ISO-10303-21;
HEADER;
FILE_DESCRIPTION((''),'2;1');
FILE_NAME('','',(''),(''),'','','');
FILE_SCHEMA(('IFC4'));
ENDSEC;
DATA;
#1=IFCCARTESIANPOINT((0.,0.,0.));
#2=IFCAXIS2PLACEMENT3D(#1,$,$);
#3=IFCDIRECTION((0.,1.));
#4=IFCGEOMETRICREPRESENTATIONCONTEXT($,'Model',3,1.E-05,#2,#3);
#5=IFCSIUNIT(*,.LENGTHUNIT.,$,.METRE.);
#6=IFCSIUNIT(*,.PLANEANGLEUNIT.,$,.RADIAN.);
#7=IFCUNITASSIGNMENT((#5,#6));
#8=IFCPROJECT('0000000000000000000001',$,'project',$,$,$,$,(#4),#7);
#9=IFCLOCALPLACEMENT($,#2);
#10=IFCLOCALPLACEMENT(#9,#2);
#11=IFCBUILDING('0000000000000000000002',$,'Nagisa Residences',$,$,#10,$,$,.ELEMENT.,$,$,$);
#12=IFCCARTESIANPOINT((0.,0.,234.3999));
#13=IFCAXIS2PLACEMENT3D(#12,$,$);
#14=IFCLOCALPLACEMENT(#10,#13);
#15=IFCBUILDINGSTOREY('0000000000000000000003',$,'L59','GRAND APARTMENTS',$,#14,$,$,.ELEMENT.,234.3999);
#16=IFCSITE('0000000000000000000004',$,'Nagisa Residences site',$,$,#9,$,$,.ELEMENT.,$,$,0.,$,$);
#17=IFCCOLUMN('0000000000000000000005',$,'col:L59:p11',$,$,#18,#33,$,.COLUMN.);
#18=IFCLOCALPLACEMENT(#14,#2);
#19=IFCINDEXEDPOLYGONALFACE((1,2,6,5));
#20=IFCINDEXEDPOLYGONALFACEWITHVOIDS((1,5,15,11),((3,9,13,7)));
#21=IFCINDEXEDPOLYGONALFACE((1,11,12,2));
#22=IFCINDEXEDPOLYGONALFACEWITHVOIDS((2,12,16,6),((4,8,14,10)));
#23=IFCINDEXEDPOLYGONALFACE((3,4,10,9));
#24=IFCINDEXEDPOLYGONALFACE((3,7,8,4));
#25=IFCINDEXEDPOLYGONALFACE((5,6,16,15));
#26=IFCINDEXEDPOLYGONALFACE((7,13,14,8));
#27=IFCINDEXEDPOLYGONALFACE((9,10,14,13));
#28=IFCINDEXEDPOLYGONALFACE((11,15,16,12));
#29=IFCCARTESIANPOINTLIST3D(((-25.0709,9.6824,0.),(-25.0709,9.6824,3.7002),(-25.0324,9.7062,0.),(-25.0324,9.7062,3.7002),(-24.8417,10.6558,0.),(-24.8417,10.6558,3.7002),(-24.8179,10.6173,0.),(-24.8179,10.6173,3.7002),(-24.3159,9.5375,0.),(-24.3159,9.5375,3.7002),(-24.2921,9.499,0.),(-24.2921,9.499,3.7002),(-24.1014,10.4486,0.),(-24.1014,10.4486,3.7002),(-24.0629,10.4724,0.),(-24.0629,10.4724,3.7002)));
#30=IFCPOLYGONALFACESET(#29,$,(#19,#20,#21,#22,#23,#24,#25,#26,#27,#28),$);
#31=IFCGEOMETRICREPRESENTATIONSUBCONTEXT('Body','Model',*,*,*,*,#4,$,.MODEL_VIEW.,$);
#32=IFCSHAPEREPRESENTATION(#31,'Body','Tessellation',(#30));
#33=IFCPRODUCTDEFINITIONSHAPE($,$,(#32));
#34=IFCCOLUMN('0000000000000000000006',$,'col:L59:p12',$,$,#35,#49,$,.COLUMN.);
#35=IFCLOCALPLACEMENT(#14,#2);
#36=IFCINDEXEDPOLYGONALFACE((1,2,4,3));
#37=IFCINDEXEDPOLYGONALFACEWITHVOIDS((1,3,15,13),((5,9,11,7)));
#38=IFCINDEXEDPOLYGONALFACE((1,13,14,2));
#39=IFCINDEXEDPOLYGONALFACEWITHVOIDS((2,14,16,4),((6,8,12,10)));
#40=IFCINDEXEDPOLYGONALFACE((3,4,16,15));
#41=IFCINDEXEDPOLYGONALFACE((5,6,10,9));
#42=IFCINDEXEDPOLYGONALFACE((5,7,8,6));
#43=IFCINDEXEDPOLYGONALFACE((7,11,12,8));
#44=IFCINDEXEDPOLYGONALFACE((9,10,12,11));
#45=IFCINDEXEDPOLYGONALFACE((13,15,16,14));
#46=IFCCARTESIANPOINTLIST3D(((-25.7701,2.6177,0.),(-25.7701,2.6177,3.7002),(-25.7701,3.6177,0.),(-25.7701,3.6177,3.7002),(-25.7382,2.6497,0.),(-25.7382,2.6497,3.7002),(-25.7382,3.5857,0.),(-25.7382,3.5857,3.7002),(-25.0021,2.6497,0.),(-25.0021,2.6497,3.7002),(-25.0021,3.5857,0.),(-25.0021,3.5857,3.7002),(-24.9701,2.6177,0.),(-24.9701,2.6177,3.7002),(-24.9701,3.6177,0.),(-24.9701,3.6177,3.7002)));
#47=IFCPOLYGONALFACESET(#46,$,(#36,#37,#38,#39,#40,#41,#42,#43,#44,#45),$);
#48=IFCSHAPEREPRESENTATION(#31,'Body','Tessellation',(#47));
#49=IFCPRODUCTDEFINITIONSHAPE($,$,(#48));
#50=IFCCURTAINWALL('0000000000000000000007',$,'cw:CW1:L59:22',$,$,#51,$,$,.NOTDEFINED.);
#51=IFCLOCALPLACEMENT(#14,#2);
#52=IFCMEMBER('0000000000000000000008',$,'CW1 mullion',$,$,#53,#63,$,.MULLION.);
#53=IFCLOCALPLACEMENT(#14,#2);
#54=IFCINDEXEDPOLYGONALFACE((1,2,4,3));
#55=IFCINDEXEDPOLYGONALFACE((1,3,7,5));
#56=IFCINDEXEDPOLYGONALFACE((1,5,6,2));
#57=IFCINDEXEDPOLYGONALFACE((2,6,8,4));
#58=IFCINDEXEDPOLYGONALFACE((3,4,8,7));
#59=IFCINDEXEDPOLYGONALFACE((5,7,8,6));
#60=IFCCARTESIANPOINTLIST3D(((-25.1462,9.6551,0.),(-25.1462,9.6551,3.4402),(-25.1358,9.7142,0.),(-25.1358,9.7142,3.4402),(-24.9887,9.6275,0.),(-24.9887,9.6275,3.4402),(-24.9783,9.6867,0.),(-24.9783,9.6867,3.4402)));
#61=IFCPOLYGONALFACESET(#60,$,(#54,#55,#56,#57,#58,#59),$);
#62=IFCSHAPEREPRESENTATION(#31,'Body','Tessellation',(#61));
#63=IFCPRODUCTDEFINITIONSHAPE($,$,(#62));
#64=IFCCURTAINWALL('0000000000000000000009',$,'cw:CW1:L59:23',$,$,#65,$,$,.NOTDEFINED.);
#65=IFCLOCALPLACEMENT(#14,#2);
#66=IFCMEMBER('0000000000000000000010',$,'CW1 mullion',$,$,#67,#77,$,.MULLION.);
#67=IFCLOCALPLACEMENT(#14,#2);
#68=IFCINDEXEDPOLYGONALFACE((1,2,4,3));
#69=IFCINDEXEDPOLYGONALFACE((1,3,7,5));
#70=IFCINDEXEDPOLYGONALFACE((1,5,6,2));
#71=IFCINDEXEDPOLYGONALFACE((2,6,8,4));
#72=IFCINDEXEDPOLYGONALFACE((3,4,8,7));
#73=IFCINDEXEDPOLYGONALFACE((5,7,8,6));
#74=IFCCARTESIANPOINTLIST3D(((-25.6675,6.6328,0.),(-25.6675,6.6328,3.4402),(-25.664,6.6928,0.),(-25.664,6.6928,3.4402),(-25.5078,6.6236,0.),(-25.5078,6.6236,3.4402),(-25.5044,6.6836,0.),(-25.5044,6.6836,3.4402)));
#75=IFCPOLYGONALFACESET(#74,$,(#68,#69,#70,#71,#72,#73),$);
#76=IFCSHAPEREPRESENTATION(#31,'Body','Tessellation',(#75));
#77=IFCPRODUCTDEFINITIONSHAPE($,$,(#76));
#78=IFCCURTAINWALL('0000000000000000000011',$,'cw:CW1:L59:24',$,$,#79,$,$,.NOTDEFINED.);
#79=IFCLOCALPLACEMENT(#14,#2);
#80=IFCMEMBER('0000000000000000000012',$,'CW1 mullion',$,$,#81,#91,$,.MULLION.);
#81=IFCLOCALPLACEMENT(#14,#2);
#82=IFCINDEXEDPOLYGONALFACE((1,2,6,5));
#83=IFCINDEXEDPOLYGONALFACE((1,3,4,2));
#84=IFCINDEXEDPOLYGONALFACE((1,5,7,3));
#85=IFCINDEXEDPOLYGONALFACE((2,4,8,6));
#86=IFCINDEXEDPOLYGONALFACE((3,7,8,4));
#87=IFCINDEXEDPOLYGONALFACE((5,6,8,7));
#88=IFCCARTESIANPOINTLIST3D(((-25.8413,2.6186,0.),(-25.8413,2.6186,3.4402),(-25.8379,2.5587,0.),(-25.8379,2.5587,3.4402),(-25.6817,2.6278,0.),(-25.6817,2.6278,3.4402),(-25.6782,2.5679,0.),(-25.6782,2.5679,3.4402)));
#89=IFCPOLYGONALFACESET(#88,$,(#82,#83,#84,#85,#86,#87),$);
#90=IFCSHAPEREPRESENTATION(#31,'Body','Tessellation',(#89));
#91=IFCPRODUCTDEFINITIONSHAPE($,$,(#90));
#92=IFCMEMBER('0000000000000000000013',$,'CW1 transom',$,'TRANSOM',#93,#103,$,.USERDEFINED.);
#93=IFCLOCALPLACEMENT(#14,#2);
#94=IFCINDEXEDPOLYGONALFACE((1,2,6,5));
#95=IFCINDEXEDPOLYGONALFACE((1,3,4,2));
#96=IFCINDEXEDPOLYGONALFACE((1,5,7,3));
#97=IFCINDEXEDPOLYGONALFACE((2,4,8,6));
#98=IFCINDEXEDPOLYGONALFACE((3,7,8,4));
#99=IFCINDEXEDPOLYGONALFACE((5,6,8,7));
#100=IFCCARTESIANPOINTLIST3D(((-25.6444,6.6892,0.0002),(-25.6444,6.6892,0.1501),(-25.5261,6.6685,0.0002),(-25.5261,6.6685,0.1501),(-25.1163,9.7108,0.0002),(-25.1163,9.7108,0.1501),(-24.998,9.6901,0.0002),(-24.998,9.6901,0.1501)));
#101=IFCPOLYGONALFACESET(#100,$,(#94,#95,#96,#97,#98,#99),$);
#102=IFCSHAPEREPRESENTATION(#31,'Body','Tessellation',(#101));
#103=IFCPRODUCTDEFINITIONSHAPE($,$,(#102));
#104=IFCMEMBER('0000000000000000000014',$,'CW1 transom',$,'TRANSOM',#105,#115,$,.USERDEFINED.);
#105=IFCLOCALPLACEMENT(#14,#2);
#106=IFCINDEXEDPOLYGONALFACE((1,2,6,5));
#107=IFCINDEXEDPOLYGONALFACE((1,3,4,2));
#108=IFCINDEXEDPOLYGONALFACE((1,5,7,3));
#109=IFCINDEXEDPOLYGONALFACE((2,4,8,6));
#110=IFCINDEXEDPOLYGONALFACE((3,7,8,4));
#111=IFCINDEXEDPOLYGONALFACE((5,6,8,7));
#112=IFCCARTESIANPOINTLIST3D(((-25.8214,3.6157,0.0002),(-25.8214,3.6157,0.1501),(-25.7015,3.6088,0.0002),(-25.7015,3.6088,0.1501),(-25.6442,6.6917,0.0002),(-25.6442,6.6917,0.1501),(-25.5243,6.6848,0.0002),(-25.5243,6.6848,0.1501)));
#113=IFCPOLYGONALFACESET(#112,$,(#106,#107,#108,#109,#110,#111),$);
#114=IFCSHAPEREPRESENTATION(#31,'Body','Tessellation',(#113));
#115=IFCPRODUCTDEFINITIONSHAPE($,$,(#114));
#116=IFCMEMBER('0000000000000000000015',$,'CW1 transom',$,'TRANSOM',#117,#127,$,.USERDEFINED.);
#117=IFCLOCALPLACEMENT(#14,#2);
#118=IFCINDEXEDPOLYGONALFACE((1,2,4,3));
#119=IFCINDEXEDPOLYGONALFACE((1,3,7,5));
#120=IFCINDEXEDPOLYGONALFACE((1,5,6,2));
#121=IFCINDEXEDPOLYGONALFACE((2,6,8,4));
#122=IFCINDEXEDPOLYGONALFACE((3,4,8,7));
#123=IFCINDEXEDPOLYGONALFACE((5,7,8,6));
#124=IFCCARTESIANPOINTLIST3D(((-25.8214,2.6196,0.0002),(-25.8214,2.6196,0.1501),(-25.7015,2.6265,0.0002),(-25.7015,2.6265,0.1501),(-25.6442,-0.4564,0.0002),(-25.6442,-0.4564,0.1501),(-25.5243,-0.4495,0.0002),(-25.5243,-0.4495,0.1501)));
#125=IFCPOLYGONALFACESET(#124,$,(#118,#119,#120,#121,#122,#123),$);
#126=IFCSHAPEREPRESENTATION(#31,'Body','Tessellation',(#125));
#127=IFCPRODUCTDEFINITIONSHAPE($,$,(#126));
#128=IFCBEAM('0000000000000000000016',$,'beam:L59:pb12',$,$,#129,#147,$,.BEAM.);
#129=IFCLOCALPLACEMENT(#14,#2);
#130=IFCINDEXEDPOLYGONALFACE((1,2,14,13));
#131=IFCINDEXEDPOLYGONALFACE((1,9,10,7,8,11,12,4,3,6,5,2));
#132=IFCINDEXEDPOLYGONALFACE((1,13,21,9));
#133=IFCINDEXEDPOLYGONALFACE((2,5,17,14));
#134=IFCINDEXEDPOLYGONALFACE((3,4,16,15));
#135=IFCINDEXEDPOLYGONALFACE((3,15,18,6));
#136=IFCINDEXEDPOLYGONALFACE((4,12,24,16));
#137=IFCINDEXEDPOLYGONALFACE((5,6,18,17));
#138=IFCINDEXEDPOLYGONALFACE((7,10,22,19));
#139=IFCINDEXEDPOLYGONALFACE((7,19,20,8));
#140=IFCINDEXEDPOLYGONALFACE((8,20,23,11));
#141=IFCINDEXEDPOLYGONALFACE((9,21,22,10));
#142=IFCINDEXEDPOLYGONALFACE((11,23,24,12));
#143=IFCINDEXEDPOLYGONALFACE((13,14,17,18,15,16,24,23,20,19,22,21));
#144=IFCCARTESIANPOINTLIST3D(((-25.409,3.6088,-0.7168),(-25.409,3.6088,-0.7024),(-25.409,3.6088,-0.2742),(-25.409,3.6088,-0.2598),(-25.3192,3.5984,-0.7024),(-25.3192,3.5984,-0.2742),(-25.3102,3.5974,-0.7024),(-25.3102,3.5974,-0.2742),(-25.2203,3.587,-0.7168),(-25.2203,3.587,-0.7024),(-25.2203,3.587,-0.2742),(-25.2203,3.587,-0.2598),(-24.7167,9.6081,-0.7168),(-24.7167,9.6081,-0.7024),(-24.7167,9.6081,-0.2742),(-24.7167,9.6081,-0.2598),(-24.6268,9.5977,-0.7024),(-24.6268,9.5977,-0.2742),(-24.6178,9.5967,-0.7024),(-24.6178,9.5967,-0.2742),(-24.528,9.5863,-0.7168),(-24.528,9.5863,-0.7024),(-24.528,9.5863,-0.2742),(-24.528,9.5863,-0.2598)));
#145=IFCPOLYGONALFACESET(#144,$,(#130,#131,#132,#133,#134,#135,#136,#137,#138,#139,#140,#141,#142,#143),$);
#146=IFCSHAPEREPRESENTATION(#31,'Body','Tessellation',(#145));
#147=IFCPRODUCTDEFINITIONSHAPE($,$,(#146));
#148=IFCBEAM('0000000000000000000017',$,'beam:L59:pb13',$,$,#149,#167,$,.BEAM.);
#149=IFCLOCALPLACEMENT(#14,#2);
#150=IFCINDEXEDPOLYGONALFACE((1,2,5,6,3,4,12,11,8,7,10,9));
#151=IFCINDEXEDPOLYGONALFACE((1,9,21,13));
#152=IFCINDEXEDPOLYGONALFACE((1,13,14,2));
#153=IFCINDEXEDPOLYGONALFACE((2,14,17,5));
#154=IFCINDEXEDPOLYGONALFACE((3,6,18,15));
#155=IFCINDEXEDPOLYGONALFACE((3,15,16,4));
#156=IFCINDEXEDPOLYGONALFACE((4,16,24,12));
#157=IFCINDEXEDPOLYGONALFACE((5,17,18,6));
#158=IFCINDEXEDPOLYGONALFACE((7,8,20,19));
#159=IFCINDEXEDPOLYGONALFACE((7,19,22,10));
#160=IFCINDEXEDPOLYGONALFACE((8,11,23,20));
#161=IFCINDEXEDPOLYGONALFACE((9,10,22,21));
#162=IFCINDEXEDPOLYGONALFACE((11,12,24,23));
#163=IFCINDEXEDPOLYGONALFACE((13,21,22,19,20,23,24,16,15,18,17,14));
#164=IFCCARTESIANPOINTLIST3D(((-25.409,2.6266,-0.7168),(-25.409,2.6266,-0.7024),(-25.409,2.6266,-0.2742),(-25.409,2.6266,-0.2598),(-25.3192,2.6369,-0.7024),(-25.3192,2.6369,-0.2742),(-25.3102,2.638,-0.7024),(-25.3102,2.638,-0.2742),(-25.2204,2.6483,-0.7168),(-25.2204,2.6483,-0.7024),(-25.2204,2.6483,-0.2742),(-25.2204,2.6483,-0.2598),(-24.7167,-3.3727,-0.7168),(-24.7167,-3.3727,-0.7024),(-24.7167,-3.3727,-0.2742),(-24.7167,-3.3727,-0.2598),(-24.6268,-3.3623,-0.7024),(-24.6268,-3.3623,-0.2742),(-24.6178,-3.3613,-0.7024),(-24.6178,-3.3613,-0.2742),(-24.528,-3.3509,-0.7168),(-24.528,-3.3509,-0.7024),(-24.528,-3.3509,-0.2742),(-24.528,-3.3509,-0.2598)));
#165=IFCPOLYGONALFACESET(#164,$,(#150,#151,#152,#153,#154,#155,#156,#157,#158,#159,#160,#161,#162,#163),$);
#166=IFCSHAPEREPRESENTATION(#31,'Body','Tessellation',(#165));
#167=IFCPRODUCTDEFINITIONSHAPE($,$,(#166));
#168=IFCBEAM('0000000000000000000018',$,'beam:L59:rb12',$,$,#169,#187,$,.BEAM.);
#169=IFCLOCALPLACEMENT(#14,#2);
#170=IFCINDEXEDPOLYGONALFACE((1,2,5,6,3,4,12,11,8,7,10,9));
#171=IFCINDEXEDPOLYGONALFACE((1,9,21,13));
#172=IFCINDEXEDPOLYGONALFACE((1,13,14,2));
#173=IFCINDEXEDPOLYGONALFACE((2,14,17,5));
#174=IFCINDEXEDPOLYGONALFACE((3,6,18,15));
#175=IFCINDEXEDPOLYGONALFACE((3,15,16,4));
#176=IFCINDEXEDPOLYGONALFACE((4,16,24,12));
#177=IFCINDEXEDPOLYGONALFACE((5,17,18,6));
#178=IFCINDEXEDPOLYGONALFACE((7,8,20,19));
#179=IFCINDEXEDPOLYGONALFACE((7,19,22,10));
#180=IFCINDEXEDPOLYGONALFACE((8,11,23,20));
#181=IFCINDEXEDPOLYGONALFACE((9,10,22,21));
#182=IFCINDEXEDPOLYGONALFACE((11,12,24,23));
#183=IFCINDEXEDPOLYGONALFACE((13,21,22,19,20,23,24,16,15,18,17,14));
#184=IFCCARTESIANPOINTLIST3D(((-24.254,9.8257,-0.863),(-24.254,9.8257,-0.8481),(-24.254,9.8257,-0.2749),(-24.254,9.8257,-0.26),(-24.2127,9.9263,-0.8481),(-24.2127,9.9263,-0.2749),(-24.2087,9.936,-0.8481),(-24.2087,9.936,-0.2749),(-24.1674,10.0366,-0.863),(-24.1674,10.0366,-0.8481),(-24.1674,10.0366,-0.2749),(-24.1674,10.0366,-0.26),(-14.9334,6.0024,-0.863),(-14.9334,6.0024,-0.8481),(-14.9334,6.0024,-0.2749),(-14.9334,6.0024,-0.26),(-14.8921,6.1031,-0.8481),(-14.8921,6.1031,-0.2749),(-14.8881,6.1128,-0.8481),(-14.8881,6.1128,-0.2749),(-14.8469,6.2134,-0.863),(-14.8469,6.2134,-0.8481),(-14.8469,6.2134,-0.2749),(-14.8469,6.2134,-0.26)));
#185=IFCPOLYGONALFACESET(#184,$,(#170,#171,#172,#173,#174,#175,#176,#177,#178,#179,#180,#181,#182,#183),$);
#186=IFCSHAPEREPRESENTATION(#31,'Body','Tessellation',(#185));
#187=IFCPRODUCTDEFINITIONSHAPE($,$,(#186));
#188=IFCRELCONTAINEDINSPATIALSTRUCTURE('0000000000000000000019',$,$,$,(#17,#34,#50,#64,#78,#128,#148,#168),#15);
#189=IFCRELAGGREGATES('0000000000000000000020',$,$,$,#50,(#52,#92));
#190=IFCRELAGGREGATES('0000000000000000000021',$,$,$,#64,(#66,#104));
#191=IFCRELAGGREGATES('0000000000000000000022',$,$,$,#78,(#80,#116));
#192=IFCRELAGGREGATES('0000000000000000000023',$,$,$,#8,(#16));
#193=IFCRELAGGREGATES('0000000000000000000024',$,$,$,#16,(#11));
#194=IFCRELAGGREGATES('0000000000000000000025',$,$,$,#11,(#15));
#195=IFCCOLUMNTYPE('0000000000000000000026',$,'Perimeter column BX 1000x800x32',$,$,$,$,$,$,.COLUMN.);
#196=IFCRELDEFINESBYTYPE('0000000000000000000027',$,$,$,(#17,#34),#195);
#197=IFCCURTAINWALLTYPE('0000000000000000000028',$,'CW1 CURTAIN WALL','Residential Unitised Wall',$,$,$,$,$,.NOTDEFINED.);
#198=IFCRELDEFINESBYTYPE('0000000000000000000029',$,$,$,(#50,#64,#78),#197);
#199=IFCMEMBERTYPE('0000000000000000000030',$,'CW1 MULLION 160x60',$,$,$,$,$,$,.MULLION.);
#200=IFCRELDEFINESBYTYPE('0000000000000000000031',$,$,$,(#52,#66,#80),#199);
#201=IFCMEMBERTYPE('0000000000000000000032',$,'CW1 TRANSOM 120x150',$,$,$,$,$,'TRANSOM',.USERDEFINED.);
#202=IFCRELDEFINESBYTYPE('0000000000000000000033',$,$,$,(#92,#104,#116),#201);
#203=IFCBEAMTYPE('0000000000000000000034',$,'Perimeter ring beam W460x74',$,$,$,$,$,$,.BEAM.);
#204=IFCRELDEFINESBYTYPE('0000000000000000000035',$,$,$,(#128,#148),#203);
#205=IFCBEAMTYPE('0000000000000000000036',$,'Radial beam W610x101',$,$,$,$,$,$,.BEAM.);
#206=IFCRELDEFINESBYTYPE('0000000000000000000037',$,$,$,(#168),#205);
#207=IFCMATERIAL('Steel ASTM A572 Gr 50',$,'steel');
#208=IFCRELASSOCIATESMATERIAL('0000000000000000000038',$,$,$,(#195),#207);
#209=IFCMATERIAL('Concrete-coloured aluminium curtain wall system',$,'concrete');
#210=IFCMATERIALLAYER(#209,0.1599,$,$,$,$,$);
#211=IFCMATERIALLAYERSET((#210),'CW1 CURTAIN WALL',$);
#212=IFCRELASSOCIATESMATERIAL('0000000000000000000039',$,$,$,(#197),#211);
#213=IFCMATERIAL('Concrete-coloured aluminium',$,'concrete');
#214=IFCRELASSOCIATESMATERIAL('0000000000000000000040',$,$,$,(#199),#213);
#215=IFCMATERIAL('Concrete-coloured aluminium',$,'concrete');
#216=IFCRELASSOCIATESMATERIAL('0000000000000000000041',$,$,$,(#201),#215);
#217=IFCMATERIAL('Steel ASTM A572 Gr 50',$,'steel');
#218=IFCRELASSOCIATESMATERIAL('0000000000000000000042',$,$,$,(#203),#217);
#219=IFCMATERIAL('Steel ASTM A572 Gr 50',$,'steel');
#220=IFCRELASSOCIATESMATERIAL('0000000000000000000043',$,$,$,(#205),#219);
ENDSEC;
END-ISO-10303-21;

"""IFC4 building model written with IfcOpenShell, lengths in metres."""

from ifc_helpers import new_model, si_unit, direction, frame, origin, origin_2d, place, context, subcontext, project, spatial, rectangle, hollow_rectangle, i_section, extrude, material, layer, layer_set, material_profile, profile_set, type_object, element, aggregate, save


model = new_model("IFC4")

# Units and contexts
model_context = context("Model", 3, precision=1e-05, world=origin(), true_north=direction((0.0, 1.0)))
body_context = subcontext(model_context, "Body", "Model", "MODEL_VIEW")
ifc_project = project(units=[si_unit("LENGTHUNIT", "METRE"), si_unit("PLANEANGLEUNIT", "RADIAN")], contexts=[model_context])

# Site, building, storey
site_placement = place(None, origin())
site = spatial("IfcSite", under=ifc_project, at=site_placement, Name="Nagisa Residences site", CompositionType="ELEMENT", RefElevation=0.0)
building_placement = place(site_placement, origin())
building = spatial("IfcBuilding", under=site, at=building_placement, Name="Nagisa Residences", CompositionType="ELEMENT")
storey_placement = place(building_placement, frame((0.0, 0.0, 234.3999)))
storey = spatial("IfcBuildingStorey", under=building, at=storey_placement, Name="L59", Description="GRAND APARTMENTS", CompositionType="ELEMENT", Elevation=234.3999)

# Columns
ifc_material_1 = material(Name="Steel ASTM A572 Gr 50", Category="steel")
ifc_material_profile_1 = material_profile(ifc_material_1, hollow_rectangle(XDim=1.0, YDim=0.8, WallThickness=0.032, at=origin_2d()), Name="BX 1000x800x32")
ifc_profile_set_1 = profile_set([ifc_material_profile_1], Name="Steel ASTM A572 Gr 50")
column_type = type_object("IfcColumnType", Name="Perimeter column BX 1000x800x32", PredefinedType="COLUMN", material=ifc_profile_set_1)
for number, where, z_axis, x_axis, name in (
    (1, (-24.5669, 10.0774, 0.0), (0.0, 0.0, 1.0), (-0.229202, -0.973379, 0.0), "col:L59:p11"),
    (2, (-25.3701, 3.1177, 0.0), (0.0, 0.0, 1.0), (0.0, -1.0, 0.0), "col:L59:p12"),
):
    element("IfcColumn", number, at=place(storey_placement, frame(where, z_axis=z_axis, x_axis=x_axis)), inside=storey, type_object=column_type, Name=name, PredefinedType="COLUMN", context=body_context, shape_type="SweptSolid", body=[
        extrude(hollow_rectangle(XDim=1.0, YDim=0.8, WallThickness=0.032, at=origin_2d()), origin(), (0.0, 0.0, 1.0), 3.7002),
    ])

# Curtain walls, members
ifc_material_2 = material(Name="Concrete-coloured aluminium curtain wall system", Category="concrete")
ifc_layer_1 = layer(ifc_material_2, 0.1599)
ifc_layer_set_1 = layer_set([ifc_layer_1], Name="CW1 CURTAIN WALL")
curtain_wall_type = type_object("IfcCurtainWallType", Name="CW1 CURTAIN WALL", Description="Residential Unitised Wall", PredefinedType="NOTDEFINED", material=ifc_layer_set_1)
curtain_wall_1_placement = place(storey_placement, origin())
curtain_wall_1 = element("IfcCurtainWall", 3, at=curtain_wall_1_placement, inside=storey, type_object=curtain_wall_type, Name="cw:CW1:L59:22", PredefinedType="NOTDEFINED")
ifc_material_3 = material(Name="Concrete-coloured aluminium", Category="concrete")
ifc_material_profile_2 = material_profile(ifc_material_3, rectangle(XDim=0.1599, YDim=0.0601, at=origin_2d()), Name="CW1 MULLION 160x60")
ifc_profile_set_2 = profile_set([ifc_material_profile_2], Name="Concrete-coloured aluminium")
member_type_1 = type_object("IfcMemberType", Name="CW1 MULLION 160x60", PredefinedType="MULLION", material=ifc_profile_set_2)
member_1_placement = place(storey_placement, frame((-25.0623, 9.6709, 0.0), z_axis=(0.0, 0.0, 1.0), x_axis=(0.985064, -0.172191, 0.0)))
member_1 = element("IfcMember", 4, at=member_1_placement, type_object=member_type_1, Name="CW1 mullion", PredefinedType="MULLION", context=body_context, shape_type="SweptSolid", body=[
    extrude(rectangle(XDim=0.1599, YDim=0.0601, at=origin_2d()), origin(), (0.0, 0.0, 1.0), 3.4402),
])
curtain_wall_2_placement = place(storey_placement, origin())
curtain_wall_2 = element("IfcCurtainWall", 5, at=curtain_wall_2_placement, inside=storey, type_object=curtain_wall_type, Name="cw:CW1:L59:23", PredefinedType="NOTDEFINED")
member_2_placement = place(storey_placement, frame((-25.5859, 6.6582, 0.0), z_axis=(0.0, 0.0, 1.0), x_axis=(0.998345, -0.057503, 0.0)))
member_2 = element("IfcMember", 6, at=member_2_placement, type_object=member_type_1, Name="CW1 mullion", PredefinedType="MULLION", context=body_context, shape_type="SweptSolid", body=[
    extrude(rectangle(XDim=0.1599, YDim=0.0601, at=origin_2d()), origin(), (0.0, 0.0, 1.0), 3.4402),
])
curtain_wall_3_placement = place(storey_placement, origin())
curtain_wall_3 = element("IfcCurtainWall", 7, at=curtain_wall_3_placement, inside=storey, type_object=curtain_wall_type, Name="cw:CW1:L59:24", PredefinedType="NOTDEFINED")
member_3_placement = place(storey_placement, frame((-25.7598, 2.5933, 0.0), z_axis=(0.0, 0.0, 1.0), x_axis=(0.998345, 0.057503, 0.0)))
member_3 = element("IfcMember", 8, at=member_3_placement, type_object=member_type_1, Name="CW1 mullion", PredefinedType="MULLION", context=body_context, shape_type="SweptSolid", body=[
    extrude(rectangle(XDim=0.1599, YDim=0.0601, at=origin_2d()), origin(), (0.0, 0.0, 1.0), 3.4402),
])

# Members
ifc_material_4 = material(Name="Concrete-coloured aluminium", Category="concrete")
ifc_material_profile_3 = material_profile(ifc_material_4, rectangle(XDim=0.1201, YDim=0.1499, at=origin_2d()), Name="CW1 TRANSOM 120x150")
ifc_profile_set_3 = profile_set([ifc_material_profile_3], Name="Concrete-coloured aluminium")
member_type_2 = type_object("IfcMemberType", Name="CW1 TRANSOM 120x150", ElementType="TRANSOM", PredefinedType="USERDEFINED", material=ifc_profile_set_3)
member_4_placement = place(storey_placement, frame((-25.0571, 9.7004, 0.0752), z_axis=(-0.172164, -0.985068, 0.0), x_axis=(0.985068, -0.172164, 0.0)))
member_4 = element("IfcMember", 9, at=member_4_placement, type_object=member_type_2, Name="CW1 transom", ObjectType="TRANSOM", PredefinedType="USERDEFINED", context=body_context, shape_type="SweptSolid", body=[
    extrude(rectangle(XDim=0.1201, YDim=0.1499, at=origin_2d()), origin(), (0.0, 0.0, 1.0), 3.0674),
])
member_5_placement = place(storey_placement, frame((-25.5842, 6.6882, 0.0752), z_axis=(-0.057528, -0.998344, 0.0), x_axis=(0.998344, -0.057528, 0.0)))
member_5 = element("IfcMember", 10, at=member_5_placement, type_object=member_type_2, Name="CW1 transom", ObjectType="TRANSOM", PredefinedType="USERDEFINED", context=body_context, shape_type="SweptSolid", body=[
    extrude(rectangle(XDim=0.1201, YDim=0.1499, at=origin_2d()), origin(), (0.0, 0.0, 1.0), 3.0811),
])
member_6_placement = place(storey_placement, frame((-25.7615, 2.623, 0.0752), z_axis=(0.057528, -0.998344, 0.0), x_axis=(0.998344, 0.057528, 0.0)))
member_6 = element("IfcMember", 11, at=member_6_placement, type_object=member_type_2, Name="CW1 transom", ObjectType="TRANSOM", PredefinedType="USERDEFINED", context=body_context, shape_type="SweptSolid", body=[
    extrude(rectangle(XDim=0.1201, YDim=0.1499, at=origin_2d()), origin(), (0.0, 0.0, 1.0), 3.0811),
])

# Beams
ifc_material_5 = material(Name="Steel ASTM A572 Gr 50", Category="steel")
ifc_material_profile_4 = material_profile(ifc_material_5, i_section(OverallWidth=0.1899, OverallDepth=0.457, WebThickness=0.009, FlangeThickness=0.0144, at=origin_2d()), Name="W460x74")
ifc_profile_set_4 = profile_set([ifc_material_profile_4], Name="Steel ASTM A572 Gr 50")
beam_type_1 = type_object("IfcBeamType", Name="Perimeter ring beam W460x74", PredefinedType="BEAM", material=ifc_profile_set_4)
for number, where, z_axis, x_axis, name in (
    (12, (-24.6223, 9.5972, -0.4883), (-0.11465, -0.993406, 0.0), (0.993406, -0.11465, 0.0), "beam:L59:pb12"),
    (13, (-25.3147, 2.6375, -0.4883), (0.11465, -0.993406, 0.0), (0.993406, 0.11465, 0.0), "beam:L59:pb13"),
):
    element("IfcBeam", number, at=place(storey_placement, frame(where, z_axis=z_axis, x_axis=x_axis)), inside=storey, type_object=beam_type_1, Name=name, PredefinedType="BEAM", context=body_context, shape_type="SweptSolid", body=[
        extrude(i_section(OverallWidth=0.1899, OverallDepth=0.457, WebThickness=0.009, FlangeThickness=0.0144, at=origin_2d()), origin(), (0.0, 0.0, 1.0), 6.0391),
    ])
ifc_material_6 = material(Name="Steel ASTM A572 Gr 50", Category="steel")
ifc_material_profile_5 = material_profile(ifc_material_6, i_section(OverallWidth=0.228, OverallDepth=0.603, WebThickness=0.0105, FlangeThickness=0.0149, at=origin_2d()), Name="W610x101")
ifc_profile_set_5 = profile_set([ifc_material_profile_5], Name="Steel ASTM A572 Gr 50")
beam_type_2 = type_object("IfcBeamType", Name="Radial beam W610x101", PredefinedType="BEAM", material=ifc_profile_set_5)
beam_1_placement = place(storey_placement, frame((-24.2107, 9.9312, -0.5615), z_axis=(0.925189, -0.379507, 0.0), x_axis=(0.379507, 0.925189, 0.0)))
element("IfcBeam", 14, at=beam_1_placement, inside=storey, type_object=beam_type_2, Name="beam:L59:rb12", PredefinedType="BEAM", context=body_context, shape_type="SweptSolid", body=[
    extrude(i_section(OverallWidth=0.228, OverallDepth=0.603, WebThickness=0.0105, FlangeThickness=0.0149, at=origin_2d()), origin(), (0.0, 0.0, 1.0), 10.0742),
])

aggregate(curtain_wall_1, [member_1, member_4])
aggregate(curtain_wall_2, [member_2, member_5])
aggregate(curtain_wall_3, [member_3, member_6])

save(model, "model.ifc")
